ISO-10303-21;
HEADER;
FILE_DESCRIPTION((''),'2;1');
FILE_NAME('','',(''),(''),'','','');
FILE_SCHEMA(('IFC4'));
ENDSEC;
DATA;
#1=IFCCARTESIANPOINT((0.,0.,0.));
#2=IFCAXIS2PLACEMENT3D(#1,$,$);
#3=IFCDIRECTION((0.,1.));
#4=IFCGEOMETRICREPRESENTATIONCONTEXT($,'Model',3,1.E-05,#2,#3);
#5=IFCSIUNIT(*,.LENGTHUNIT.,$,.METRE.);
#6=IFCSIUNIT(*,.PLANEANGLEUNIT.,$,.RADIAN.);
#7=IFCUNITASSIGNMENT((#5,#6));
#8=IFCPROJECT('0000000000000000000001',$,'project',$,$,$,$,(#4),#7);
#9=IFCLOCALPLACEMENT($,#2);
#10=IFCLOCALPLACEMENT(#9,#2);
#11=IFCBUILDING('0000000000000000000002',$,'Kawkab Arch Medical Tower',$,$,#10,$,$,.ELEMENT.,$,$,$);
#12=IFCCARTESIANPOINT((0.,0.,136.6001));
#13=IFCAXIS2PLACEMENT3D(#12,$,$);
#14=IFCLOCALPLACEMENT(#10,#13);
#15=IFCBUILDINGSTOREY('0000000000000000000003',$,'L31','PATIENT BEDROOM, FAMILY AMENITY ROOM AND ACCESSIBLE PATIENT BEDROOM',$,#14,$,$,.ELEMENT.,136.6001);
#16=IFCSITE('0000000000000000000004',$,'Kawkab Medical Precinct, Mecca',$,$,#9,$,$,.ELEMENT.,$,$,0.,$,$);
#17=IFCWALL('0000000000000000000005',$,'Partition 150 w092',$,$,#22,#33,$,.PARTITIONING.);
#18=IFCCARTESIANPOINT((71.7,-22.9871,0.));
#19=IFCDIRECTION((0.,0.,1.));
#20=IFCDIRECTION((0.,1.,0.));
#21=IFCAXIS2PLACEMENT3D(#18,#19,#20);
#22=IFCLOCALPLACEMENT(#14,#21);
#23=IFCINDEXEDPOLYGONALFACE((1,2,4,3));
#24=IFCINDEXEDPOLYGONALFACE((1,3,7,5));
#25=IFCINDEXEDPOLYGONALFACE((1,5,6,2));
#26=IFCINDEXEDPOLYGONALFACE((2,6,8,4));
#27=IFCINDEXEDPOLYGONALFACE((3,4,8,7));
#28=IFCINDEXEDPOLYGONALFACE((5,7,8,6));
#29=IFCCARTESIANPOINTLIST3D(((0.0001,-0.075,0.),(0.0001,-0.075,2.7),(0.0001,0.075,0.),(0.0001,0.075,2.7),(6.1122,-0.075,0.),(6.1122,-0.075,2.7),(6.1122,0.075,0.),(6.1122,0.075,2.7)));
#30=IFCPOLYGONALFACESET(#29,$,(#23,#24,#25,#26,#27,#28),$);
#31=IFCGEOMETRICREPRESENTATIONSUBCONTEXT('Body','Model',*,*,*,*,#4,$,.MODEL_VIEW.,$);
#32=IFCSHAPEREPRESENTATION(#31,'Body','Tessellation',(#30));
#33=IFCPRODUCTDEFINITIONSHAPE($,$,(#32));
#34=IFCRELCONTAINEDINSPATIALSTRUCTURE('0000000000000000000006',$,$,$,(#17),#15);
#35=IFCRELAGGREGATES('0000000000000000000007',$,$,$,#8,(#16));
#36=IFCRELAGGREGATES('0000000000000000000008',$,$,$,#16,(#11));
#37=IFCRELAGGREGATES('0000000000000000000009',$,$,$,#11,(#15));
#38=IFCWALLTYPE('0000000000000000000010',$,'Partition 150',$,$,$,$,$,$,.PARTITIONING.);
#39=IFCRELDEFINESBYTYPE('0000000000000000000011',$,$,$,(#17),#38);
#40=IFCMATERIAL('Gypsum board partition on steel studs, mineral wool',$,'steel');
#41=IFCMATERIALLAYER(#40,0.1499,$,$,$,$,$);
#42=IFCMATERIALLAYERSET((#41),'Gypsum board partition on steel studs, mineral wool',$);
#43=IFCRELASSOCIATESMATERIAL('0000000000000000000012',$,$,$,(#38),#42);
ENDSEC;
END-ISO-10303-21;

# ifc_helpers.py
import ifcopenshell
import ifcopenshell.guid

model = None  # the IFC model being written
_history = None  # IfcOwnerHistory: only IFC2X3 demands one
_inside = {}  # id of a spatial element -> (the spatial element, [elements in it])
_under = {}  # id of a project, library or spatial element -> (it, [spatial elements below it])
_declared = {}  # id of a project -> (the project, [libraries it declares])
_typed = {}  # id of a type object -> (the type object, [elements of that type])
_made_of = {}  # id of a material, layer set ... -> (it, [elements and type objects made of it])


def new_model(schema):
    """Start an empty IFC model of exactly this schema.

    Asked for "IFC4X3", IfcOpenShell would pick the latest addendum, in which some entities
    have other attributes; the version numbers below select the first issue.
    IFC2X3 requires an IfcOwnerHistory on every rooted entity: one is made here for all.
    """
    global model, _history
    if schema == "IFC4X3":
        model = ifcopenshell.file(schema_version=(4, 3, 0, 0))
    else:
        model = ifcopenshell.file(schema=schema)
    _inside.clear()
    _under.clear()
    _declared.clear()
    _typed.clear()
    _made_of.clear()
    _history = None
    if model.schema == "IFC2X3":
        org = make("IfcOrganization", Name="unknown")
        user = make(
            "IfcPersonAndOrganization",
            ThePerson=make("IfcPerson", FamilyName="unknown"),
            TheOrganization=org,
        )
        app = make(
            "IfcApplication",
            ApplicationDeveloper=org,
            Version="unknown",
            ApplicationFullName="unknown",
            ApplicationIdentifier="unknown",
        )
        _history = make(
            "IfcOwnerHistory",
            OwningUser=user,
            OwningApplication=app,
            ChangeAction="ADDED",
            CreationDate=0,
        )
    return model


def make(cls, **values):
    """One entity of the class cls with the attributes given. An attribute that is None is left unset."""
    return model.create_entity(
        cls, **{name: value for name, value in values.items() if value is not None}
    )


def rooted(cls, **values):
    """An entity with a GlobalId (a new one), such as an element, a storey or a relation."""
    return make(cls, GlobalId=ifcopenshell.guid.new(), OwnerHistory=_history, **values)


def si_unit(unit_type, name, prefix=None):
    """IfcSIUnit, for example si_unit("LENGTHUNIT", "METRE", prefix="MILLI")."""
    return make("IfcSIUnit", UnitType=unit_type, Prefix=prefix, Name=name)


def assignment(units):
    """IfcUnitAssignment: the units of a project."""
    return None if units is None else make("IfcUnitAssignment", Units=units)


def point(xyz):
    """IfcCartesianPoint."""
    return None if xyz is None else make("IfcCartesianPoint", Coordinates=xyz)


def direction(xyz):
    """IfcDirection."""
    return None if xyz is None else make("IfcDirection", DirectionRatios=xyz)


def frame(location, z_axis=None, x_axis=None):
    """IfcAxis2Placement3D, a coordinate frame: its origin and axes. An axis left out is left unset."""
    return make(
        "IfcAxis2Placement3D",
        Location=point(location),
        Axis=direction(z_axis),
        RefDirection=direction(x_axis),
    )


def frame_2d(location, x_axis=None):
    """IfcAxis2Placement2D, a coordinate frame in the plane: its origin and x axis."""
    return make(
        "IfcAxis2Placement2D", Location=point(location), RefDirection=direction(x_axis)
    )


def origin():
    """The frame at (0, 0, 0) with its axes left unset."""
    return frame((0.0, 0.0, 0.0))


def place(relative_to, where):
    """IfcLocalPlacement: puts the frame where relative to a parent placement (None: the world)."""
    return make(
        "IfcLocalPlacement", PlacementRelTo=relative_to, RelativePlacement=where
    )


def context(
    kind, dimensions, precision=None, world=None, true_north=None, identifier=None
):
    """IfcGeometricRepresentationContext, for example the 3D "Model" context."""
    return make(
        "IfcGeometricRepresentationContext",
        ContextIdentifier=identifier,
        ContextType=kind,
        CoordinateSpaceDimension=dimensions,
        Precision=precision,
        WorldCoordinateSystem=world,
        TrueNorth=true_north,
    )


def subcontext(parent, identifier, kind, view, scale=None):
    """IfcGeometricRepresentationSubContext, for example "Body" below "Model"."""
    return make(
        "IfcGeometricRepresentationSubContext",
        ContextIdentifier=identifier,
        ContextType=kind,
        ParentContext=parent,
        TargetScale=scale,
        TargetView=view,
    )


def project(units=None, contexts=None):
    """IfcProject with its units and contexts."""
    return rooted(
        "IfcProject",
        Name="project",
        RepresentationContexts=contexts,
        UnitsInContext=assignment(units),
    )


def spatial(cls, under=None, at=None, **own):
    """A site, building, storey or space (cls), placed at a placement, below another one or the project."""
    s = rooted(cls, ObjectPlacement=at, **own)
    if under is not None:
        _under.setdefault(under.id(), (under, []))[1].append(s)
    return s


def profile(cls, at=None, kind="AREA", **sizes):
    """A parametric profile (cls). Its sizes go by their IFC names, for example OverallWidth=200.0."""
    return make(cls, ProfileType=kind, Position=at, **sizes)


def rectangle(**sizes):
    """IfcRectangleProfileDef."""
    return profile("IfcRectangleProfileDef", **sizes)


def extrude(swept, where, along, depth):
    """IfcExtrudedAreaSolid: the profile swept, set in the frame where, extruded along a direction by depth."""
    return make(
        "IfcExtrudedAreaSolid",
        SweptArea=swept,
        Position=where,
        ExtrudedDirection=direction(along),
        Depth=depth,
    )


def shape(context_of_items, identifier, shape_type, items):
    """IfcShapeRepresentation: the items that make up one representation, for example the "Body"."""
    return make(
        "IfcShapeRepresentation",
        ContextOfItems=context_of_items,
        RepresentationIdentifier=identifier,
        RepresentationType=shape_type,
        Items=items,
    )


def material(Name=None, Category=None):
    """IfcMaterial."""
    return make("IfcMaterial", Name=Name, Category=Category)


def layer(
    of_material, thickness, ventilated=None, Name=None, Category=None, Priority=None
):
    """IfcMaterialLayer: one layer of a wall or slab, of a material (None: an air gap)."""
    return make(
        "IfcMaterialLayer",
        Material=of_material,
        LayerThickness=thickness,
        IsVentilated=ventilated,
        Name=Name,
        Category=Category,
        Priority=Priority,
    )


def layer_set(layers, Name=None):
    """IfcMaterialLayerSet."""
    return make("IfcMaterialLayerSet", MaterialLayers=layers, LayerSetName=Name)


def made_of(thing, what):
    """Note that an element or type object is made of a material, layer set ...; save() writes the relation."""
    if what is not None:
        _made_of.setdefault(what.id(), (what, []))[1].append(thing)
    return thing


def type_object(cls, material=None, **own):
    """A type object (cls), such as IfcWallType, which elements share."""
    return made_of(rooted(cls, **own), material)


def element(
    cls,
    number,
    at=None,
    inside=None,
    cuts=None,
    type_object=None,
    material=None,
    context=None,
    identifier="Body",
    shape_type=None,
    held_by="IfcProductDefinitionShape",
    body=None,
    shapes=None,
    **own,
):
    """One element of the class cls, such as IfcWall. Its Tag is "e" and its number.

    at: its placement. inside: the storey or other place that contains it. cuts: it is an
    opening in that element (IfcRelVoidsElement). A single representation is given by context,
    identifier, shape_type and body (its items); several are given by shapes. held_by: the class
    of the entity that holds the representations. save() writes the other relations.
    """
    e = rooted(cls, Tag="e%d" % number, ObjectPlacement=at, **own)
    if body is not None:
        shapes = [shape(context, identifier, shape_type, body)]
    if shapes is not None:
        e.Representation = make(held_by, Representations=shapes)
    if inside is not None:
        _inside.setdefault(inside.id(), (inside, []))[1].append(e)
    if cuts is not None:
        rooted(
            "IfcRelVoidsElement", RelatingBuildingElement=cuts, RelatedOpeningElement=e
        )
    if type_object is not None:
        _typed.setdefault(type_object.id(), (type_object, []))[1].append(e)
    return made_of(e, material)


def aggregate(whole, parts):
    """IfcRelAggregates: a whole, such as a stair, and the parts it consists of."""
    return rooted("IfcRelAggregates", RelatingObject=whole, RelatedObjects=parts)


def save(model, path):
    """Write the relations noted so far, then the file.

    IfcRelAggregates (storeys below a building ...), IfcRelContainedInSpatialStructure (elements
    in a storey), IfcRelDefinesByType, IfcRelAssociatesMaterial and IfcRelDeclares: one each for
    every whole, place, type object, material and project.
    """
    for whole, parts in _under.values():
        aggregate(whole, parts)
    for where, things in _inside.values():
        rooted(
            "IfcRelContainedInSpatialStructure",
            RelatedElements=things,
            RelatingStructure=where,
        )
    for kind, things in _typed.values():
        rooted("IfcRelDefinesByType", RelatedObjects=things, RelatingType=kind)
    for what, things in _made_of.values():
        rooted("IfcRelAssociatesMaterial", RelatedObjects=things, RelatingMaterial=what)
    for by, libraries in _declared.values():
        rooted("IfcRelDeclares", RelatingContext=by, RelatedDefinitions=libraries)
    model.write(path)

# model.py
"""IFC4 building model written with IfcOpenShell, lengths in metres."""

from ifc_helpers import new_model, si_unit, direction, frame, frame_2d, origin, place, context, subcontext, project, spatial, rectangle, extrude, material, layer, layer_set, type_object, element, save


model = new_model("IFC4")

# Units and contexts
model_context = context("Model", 3, precision=1e-05, world=origin(), true_north=direction((0.0, 1.0)))
body_context = subcontext(model_context, "Body", "Model", "MODEL_VIEW")
ifc_project = project(units=[si_unit("LENGTHUNIT", "METRE"), si_unit("PLANEANGLEUNIT", "RADIAN")], contexts=[model_context])

# Site, building, storey
site_placement = place(None, origin())
site = spatial("IfcSite", under=ifc_project, at=site_placement, Name="Kawkab Medical Precinct, Mecca", CompositionType="ELEMENT", RefElevation=0.0)
building_placement = place(site_placement, origin())
building = spatial("IfcBuilding", under=site, at=building_placement, Name="Kawkab Arch Medical Tower", CompositionType="ELEMENT")
storey_placement = place(building_placement, frame((0.0, 0.0, 136.6001)))
storey = spatial("IfcBuildingStorey", under=building, at=storey_placement, Name="L31", Description="PATIENT BEDROOM, FAMILY AMENITY ROOM AND ACCESSIBLE PATIENT BEDROOM", CompositionType="ELEMENT", Elevation=136.6001)

# Wall
ifc_material_1 = material(Name="Gypsum board partition on steel studs, mineral wool", Category="steel")
ifc_layer_1 = layer(ifc_material_1, 0.1499)
ifc_layer_set_1 = layer_set([ifc_layer_1], Name="Gypsum board partition on steel studs, mineral wool")
wall_type_1 = type_object("IfcWallType", Name="Partition 150", PredefinedType="PARTITIONING", material=ifc_layer_set_1)
wall_1_placement = place(storey_placement, frame((71.7, -22.9871, 0.0), z_axis=(0.0, 0.0, 1.0), x_axis=(0.0, 1.0, 0.0)))
element("IfcWall", 1, at=wall_1_placement, inside=storey, type_object=wall_type_1, Name="Partition 150 w092", PredefinedType="PARTITIONING", context=body_context, shape_type="SweptSolid", body=[
    extrude(rectangle(XDim=6.1121, YDim=0.1499, at=frame_2d((3.0562, 0.0))), origin(), (0.0, 0.0, 1.0), 2.7),
])

save(model, "model.ifc")
